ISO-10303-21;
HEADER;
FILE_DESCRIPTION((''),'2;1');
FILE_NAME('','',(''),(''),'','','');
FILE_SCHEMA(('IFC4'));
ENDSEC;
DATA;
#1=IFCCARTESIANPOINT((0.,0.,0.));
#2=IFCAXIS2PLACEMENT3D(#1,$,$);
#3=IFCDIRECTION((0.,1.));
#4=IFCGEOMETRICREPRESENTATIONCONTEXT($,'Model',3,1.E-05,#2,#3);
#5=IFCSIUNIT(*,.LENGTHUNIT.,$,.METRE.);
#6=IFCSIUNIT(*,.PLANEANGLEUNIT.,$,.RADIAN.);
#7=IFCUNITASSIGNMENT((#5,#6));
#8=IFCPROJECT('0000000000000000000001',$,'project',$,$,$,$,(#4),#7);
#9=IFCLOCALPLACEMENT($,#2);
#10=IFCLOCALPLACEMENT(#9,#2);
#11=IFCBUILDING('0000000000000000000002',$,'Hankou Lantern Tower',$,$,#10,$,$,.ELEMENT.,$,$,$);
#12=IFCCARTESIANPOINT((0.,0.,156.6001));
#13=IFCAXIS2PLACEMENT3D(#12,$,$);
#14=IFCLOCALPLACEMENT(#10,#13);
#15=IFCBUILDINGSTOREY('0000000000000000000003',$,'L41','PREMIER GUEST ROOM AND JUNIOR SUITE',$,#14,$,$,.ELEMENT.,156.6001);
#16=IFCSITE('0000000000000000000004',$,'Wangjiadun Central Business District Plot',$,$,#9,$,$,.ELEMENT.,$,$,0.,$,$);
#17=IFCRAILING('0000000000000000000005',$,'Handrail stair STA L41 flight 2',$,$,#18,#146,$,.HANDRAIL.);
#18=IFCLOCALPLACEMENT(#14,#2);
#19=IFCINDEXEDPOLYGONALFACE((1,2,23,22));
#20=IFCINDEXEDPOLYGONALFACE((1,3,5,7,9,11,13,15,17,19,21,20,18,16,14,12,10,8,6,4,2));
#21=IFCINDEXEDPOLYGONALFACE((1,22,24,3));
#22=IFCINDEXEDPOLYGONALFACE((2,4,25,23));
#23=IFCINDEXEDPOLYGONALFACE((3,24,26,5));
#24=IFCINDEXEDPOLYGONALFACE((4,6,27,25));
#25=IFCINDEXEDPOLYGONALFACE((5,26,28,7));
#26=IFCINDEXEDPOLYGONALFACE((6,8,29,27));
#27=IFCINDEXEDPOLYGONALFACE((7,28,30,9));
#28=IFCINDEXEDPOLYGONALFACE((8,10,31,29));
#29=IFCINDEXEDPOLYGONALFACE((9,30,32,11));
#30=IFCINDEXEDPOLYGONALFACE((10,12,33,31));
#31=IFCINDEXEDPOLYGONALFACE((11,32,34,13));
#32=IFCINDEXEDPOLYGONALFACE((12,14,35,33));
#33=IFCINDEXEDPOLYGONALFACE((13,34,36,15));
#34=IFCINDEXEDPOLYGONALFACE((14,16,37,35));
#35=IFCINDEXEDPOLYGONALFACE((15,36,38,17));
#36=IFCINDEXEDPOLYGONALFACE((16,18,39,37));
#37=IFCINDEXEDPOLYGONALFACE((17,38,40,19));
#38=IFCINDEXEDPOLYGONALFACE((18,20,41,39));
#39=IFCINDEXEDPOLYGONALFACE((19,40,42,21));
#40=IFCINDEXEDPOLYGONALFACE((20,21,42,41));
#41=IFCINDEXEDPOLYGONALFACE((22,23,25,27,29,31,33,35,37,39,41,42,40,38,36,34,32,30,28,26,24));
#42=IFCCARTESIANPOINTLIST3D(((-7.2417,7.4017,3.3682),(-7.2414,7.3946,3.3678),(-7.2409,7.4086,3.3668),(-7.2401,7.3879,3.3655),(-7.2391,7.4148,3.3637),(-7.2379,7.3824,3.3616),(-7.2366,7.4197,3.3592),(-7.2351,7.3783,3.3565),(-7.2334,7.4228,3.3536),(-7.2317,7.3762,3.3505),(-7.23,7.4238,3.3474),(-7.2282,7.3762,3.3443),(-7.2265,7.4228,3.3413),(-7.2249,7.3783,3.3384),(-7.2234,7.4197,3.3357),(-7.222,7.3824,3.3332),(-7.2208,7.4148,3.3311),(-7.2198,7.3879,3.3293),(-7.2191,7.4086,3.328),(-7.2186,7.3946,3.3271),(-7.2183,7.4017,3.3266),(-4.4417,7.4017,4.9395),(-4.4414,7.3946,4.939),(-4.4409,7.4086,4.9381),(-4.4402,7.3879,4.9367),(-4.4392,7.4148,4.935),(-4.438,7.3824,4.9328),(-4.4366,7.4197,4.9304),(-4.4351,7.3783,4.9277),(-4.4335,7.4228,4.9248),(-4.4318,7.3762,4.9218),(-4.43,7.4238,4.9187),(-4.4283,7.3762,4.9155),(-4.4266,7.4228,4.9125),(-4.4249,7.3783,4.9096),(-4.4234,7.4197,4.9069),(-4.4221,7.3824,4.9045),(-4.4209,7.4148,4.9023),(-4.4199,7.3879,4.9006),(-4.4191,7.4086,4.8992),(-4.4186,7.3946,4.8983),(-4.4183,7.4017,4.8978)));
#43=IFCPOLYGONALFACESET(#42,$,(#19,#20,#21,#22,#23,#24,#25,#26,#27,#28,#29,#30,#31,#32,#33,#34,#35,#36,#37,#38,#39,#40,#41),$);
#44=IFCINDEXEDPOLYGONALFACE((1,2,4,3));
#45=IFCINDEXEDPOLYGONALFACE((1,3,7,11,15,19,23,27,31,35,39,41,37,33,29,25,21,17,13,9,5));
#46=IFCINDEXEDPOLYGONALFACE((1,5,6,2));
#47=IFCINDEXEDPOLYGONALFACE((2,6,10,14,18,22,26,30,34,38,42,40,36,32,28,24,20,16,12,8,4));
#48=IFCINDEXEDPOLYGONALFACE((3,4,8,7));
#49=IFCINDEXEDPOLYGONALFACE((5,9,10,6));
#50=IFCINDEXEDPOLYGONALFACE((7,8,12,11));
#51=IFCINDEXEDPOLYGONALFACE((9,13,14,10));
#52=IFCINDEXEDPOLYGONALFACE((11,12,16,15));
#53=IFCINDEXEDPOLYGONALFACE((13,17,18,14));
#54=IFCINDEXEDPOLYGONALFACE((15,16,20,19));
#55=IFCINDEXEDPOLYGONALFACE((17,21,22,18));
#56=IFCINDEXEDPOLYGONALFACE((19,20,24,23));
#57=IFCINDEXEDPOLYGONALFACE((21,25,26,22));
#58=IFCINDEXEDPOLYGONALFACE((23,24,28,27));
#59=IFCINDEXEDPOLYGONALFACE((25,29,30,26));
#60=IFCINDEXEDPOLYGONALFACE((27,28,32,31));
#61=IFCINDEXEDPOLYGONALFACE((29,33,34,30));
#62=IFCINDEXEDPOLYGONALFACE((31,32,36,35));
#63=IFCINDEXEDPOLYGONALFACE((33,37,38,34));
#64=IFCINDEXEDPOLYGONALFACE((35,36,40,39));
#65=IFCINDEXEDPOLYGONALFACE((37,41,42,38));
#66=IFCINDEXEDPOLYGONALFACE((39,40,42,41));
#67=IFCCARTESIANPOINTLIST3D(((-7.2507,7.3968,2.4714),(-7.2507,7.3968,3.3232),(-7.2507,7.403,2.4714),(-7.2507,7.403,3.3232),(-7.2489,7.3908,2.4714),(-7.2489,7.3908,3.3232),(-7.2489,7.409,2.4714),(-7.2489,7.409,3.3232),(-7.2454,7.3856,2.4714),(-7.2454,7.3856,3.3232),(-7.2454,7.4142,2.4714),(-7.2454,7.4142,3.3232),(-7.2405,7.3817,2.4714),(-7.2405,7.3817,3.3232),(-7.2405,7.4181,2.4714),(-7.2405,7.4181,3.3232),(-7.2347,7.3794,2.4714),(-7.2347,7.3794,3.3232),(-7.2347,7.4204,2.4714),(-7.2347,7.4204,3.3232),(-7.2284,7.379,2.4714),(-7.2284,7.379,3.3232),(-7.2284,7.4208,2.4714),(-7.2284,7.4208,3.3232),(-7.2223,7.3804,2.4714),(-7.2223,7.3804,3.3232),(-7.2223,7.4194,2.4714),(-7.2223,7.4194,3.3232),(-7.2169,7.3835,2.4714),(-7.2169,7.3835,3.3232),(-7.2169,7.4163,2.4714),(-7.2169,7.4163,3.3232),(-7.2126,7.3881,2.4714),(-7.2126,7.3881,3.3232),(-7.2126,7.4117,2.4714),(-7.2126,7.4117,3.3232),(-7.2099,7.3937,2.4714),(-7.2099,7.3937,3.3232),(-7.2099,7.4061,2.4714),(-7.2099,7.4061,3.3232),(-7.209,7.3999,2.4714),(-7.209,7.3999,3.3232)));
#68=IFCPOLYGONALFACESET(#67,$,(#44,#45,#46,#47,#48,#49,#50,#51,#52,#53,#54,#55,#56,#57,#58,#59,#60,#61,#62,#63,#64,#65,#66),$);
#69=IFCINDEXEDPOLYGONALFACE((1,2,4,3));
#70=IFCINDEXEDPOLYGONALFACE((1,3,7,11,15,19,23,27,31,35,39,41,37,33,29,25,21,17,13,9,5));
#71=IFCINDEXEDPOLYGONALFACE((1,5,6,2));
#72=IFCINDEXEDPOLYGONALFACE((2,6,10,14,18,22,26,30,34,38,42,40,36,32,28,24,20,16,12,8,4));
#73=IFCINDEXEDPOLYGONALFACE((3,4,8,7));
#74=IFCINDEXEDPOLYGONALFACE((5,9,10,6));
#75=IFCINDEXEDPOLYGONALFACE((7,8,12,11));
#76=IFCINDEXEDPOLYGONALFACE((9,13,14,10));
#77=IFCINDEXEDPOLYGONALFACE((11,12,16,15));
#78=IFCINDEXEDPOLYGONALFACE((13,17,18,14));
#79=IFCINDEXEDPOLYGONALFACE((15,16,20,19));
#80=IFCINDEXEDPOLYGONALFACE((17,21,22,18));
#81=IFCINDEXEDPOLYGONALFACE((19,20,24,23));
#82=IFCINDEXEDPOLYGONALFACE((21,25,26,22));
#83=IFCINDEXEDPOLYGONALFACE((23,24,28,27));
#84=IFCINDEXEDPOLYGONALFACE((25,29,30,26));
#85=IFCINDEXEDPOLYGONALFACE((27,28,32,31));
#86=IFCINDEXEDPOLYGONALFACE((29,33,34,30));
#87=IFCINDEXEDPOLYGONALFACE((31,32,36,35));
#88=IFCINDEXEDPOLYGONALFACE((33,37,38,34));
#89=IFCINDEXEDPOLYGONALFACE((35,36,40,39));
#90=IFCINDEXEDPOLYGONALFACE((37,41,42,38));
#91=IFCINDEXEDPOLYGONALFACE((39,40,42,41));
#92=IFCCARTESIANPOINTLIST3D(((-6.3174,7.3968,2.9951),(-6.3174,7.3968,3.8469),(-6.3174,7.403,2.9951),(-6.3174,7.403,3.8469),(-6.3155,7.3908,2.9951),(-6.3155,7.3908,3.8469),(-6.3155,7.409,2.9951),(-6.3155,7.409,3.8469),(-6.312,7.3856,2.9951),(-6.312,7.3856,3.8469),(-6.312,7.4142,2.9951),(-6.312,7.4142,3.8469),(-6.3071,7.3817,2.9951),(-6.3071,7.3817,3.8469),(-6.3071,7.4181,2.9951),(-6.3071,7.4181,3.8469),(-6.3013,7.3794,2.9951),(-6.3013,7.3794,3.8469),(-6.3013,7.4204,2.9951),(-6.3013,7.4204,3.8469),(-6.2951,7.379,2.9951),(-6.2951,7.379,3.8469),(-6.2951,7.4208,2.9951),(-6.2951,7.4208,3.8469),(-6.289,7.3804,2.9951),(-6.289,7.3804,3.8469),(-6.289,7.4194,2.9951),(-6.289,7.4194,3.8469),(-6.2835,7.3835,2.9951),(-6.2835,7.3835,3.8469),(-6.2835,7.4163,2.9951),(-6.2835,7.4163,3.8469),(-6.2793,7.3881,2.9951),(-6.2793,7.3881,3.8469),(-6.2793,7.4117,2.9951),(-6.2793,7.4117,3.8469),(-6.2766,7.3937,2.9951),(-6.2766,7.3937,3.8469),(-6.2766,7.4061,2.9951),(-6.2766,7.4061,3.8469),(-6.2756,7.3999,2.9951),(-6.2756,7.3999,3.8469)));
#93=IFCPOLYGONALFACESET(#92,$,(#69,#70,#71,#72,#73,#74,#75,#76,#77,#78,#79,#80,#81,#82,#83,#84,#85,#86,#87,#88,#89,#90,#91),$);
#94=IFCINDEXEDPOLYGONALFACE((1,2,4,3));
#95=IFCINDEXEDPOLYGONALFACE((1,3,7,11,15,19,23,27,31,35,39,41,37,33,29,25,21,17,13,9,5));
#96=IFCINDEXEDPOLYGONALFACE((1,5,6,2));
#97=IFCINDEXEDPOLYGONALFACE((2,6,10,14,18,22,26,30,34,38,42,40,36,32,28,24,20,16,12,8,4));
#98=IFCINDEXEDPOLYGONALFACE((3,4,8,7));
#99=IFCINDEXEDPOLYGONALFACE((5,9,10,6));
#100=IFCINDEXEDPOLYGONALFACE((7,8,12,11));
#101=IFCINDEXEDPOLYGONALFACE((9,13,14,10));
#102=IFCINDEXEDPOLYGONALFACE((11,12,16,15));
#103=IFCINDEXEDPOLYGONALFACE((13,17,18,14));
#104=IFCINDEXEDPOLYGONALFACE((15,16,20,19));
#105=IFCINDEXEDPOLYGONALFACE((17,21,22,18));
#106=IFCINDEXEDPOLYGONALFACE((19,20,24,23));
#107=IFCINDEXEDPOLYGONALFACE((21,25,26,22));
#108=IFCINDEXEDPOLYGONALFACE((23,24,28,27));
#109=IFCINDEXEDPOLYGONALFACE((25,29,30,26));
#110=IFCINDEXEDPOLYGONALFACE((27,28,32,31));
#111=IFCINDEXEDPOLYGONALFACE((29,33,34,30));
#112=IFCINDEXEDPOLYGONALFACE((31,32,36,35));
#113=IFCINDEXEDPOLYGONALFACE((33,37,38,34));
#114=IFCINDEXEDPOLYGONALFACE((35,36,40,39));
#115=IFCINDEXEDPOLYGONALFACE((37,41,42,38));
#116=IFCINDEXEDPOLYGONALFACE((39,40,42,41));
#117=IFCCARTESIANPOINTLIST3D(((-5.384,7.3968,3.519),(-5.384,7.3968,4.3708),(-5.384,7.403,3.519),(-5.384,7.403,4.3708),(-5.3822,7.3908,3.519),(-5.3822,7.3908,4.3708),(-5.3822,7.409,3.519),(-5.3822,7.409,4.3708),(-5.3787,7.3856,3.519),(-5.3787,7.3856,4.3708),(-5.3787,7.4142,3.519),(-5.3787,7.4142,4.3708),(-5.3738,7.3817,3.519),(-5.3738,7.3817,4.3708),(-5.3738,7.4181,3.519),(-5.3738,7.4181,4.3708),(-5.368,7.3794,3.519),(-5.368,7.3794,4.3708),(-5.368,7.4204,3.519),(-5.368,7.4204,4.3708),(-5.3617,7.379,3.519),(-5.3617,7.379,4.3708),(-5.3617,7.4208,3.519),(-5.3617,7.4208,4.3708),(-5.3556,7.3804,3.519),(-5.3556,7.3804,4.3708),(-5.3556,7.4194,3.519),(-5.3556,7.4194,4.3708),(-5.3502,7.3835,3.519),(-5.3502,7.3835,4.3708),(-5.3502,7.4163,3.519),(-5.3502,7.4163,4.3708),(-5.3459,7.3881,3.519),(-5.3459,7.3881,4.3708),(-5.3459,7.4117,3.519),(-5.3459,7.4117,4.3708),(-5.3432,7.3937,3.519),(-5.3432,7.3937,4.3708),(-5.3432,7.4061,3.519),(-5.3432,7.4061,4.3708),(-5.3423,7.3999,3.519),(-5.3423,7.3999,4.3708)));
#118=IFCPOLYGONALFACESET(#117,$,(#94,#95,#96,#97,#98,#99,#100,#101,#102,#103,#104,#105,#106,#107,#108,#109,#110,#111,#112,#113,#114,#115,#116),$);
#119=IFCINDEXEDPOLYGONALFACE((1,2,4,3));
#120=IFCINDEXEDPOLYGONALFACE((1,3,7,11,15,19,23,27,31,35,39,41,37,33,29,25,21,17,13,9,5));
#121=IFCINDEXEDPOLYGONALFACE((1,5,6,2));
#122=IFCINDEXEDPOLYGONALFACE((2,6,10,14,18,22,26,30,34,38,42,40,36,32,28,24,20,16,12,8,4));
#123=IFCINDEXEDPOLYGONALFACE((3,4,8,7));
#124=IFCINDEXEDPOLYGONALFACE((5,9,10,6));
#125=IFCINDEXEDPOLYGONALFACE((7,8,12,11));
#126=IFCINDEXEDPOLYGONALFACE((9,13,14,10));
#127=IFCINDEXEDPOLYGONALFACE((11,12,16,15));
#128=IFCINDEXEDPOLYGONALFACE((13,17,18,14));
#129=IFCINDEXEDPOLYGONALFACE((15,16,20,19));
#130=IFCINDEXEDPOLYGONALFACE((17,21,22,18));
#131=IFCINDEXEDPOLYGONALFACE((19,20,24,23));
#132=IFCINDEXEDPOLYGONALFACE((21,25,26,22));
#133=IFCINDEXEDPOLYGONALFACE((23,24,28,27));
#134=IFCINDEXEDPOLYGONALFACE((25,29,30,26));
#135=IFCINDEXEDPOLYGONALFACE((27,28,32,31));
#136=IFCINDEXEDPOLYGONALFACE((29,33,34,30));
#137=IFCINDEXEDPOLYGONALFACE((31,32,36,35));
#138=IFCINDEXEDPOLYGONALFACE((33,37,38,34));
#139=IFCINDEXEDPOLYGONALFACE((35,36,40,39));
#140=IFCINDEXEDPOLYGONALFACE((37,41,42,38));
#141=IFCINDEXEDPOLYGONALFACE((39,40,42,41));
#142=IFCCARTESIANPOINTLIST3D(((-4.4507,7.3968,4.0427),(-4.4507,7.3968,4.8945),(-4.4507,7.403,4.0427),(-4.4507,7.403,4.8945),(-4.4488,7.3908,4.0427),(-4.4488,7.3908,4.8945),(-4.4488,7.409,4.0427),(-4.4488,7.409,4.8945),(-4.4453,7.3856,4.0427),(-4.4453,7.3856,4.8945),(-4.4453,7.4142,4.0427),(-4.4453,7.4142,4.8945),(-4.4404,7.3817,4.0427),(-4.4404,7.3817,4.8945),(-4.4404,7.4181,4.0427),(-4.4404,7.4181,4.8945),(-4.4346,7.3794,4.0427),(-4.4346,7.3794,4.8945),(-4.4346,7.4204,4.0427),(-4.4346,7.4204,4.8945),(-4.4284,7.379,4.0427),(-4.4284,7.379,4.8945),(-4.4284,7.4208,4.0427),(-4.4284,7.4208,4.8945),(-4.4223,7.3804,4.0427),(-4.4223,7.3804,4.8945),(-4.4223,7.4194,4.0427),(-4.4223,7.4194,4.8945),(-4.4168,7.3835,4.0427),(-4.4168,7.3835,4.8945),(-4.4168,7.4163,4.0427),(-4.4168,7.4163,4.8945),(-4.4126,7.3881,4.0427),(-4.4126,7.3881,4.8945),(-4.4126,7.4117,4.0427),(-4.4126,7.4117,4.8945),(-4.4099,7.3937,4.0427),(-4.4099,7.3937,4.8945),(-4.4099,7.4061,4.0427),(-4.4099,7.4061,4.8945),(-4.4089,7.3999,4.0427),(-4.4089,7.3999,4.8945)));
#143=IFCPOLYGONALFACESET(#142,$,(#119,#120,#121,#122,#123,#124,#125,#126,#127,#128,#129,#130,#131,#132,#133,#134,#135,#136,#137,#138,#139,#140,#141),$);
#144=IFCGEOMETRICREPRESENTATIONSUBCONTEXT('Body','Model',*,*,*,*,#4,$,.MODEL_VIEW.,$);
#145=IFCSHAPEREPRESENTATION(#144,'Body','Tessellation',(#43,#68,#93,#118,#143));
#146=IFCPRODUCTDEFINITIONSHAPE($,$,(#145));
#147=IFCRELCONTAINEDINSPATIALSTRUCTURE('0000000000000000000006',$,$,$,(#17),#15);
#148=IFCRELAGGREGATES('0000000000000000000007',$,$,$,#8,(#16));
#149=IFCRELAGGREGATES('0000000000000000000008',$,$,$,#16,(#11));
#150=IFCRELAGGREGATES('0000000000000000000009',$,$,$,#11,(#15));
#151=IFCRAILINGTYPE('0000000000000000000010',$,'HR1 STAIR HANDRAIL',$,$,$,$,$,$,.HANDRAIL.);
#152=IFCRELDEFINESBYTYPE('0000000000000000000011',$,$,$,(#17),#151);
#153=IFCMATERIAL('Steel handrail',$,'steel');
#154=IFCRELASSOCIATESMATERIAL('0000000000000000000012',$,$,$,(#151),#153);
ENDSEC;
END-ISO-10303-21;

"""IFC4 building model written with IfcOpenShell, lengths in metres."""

from ifc_helpers import new_model, si_unit, direction, frame, origin, origin_2d, place, context, subcontext, project, spatial, circle, extrude, material, type_object, element, save


model = new_model("IFC4")

# Units and contexts
model_context = context("Model", 3, precision=1e-05, world=origin(), true_north=direction((0.0, 1.0)))
body_context = subcontext(model_context, "Body", "Model", "MODEL_VIEW")
ifc_project = project(units=[si_unit("LENGTHUNIT", "METRE"), si_unit("PLANEANGLEUNIT", "RADIAN")], contexts=[model_context])

# Site, building, storey
site_placement = place(None, origin())
site = spatial("IfcSite", under=ifc_project, at=site_placement, Name="Wangjiadun Central Business District Plot", CompositionType="ELEMENT", RefElevation=0.0)
building_placement = place(site_placement, origin())
building = spatial("IfcBuilding", under=site, at=building_placement, Name="Hankou Lantern Tower", CompositionType="ELEMENT")
storey_placement = place(building_placement, frame((0.0, 0.0, 156.6001)))
storey = spatial("IfcBuildingStorey", under=building, at=storey_placement, Name="L41", Description="PREMIER GUEST ROOM AND JUNIOR SUITE", CompositionType="ELEMENT", Elevation=156.6001)

# Railing
ifc_material_1 = material(Name="Steel handrail", Category="steel")
railing_type = type_object("IfcRailingType", Name="HR1 STAIR HANDRAIL", PredefinedType="HANDRAIL", material=ifc_material_1)
railing_placement = place(storey_placement, frame((-7.23, 7.3999, 2.4714)))
element("IfcRailing", 1, at=railing_placement, inside=storey, type_object=railing_type, Name="Handrail stair STA L41 flight 2", PredefinedType="HANDRAIL", context=body_context, shape_type="SweptSolid", body=[
    extrude(circle(Radius=0.0239, at=origin_2d()), frame((0.0, 0.0, 0.876), z_axis=(0.872073, 0.0, 0.489377), x_axis=(0.0, 1.0, 0.0)), (0.0, 0.0, 1.0), 3.2107),
    extrude(circle(Radius=0.021, at=origin_2d()), origin(), (0.0, 0.0, 1.0), 0.8518),
    extrude(circle(Radius=0.021, at=origin_2d()), frame((0.9333, 0.0, 0.5237)), (0.0, 0.0, 1.0), 0.8518),
    extrude(circle(Radius=0.021, at=origin_2d()), frame((1.8667, 0.0, 1.0476)), (0.0, 0.0, 1.0), 0.8518),
    extrude(circle(Radius=0.021, at=origin_2d()), frame((2.8, 0.0, 1.5713)), (0.0, 0.0, 1.0), 0.8518),
])

save(model, "model.ifc")
